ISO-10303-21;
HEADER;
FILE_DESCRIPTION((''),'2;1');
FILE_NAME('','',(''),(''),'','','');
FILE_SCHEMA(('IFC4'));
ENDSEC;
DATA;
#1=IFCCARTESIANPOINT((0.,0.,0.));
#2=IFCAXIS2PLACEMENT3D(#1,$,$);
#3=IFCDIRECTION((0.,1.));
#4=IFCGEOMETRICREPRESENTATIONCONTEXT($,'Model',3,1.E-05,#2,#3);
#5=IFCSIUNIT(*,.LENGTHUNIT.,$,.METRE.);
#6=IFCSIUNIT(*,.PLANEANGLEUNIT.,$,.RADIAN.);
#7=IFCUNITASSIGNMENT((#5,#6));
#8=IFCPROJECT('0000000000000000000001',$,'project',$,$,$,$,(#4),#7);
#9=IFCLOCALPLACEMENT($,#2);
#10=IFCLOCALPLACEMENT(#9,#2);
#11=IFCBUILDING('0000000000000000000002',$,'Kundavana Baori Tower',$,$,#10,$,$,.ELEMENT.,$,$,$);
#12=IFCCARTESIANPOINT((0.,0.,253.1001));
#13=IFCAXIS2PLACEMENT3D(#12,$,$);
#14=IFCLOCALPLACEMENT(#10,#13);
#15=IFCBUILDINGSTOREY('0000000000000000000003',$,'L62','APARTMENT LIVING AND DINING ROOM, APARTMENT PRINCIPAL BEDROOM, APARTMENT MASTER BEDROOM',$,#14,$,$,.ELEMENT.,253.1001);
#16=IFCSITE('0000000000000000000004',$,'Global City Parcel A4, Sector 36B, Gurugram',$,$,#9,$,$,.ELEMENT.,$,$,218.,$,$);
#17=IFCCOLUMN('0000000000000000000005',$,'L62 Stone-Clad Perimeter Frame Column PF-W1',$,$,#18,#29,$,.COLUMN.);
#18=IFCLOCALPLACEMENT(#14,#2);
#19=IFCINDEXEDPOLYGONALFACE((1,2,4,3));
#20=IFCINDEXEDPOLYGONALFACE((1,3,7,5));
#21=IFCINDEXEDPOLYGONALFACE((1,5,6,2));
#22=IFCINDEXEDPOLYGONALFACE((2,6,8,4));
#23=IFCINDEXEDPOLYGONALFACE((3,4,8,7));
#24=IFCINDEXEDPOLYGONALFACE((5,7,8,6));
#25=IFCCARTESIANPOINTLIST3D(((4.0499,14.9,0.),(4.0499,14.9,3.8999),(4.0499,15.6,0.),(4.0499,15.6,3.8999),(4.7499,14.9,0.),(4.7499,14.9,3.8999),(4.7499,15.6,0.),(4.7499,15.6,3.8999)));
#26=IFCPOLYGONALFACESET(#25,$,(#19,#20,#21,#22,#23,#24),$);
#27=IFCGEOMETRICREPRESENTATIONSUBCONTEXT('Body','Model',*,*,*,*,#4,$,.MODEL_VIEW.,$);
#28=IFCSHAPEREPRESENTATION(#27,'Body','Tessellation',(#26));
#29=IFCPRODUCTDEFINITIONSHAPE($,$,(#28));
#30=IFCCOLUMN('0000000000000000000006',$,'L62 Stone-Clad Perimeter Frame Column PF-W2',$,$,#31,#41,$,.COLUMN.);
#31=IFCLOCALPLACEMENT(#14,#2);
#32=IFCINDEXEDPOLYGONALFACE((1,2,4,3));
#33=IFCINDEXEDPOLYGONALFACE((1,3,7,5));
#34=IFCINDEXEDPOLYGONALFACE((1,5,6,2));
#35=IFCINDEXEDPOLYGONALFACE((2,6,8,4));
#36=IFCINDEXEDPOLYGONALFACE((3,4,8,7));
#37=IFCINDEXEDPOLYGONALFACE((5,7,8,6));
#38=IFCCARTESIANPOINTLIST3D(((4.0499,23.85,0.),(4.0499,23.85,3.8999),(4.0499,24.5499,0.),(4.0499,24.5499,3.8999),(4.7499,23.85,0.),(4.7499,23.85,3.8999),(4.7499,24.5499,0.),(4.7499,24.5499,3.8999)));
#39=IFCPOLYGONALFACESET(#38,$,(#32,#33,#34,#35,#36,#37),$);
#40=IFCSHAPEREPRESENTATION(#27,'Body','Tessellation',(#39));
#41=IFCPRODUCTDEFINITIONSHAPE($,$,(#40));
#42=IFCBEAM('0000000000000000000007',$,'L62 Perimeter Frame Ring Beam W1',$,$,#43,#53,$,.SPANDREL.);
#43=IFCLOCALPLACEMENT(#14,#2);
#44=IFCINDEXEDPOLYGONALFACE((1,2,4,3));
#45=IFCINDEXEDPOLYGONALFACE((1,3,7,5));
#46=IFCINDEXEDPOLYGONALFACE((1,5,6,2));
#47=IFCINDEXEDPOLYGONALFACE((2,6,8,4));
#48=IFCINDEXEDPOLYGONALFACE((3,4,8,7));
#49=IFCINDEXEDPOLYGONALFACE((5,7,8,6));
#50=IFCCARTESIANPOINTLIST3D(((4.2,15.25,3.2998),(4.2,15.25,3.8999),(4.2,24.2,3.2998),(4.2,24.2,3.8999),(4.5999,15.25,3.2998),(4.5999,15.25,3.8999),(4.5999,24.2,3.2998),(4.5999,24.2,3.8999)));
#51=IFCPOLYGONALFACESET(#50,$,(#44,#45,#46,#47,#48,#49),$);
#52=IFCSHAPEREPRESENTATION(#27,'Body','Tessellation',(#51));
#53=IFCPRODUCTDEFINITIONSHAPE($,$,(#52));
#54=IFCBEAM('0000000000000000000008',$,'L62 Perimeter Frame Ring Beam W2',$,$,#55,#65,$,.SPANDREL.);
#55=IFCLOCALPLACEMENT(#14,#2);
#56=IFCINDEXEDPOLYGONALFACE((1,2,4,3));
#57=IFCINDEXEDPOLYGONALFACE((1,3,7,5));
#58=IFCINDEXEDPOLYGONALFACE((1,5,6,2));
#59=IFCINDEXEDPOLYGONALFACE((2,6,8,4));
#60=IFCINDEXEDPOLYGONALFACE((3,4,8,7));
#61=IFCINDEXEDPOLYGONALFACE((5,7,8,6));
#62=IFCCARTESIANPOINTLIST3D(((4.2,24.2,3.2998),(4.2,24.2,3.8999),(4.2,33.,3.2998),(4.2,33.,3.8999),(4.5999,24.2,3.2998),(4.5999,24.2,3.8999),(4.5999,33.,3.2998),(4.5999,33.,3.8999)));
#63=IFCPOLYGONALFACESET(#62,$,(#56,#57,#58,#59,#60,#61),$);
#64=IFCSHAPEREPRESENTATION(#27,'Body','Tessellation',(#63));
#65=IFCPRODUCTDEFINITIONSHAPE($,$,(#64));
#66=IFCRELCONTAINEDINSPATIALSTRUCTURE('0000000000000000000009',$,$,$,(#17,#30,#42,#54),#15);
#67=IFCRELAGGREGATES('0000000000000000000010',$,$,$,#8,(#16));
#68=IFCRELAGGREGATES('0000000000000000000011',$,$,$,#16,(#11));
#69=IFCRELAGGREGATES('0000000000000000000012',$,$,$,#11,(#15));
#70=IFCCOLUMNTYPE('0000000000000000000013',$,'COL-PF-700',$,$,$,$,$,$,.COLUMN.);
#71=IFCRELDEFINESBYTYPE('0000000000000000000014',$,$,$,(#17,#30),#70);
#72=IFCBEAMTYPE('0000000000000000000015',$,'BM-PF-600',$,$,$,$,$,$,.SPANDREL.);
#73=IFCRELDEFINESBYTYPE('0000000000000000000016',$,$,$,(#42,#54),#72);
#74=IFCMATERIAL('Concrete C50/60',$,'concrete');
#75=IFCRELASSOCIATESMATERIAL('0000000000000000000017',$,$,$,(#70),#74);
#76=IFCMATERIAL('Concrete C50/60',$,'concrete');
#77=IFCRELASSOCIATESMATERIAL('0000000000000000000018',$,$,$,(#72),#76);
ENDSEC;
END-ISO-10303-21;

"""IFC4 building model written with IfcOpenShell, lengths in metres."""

from ifc_helpers import new_model, si_unit, direction, frame, origin, origin_2d, place, context, subcontext, project, spatial, rectangle, extrude, material, material_profile, profile_set, type_object, element, save


model = new_model("IFC4")

# Units and contexts
model_context = context("Model", 3, precision=1e-05, world=origin(), true_north=direction((0.0, 1.0)))
body_context = subcontext(model_context, "Body", "Model", "MODEL_VIEW")
ifc_project = project(units=[si_unit("LENGTHUNIT", "METRE"), si_unit("PLANEANGLEUNIT", "RADIAN")], contexts=[model_context])

# Site, building, storey
site_placement = place(None, origin())
site = spatial("IfcSite", under=ifc_project, at=site_placement, Name="Global City Parcel A4, Sector 36B, Gurugram", CompositionType="ELEMENT", RefElevation=218.0)
building_placement = place(site_placement, origin())
building = spatial("IfcBuilding", under=site, at=building_placement, Name="Kundavana Baori Tower", CompositionType="ELEMENT")
storey_placement = place(building_placement, frame((0.0, 0.0, 253.1001)))
storey = spatial("IfcBuildingStorey", under=building, at=storey_placement, Name="L62", Description="APARTMENT LIVING AND DINING ROOM, APARTMENT PRINCIPAL BEDROOM, APARTMENT MASTER BEDROOM", CompositionType="ELEMENT", Elevation=253.1001)

# Columns
ifc_material_1 = material(Name="Concrete C50/60", Category="concrete")
ifc_material_profile_1 = material_profile(ifc_material_1, rectangle(XDim=0.7, YDim=0.7, at=origin_2d()), Name="RC PF 700x700")
ifc_profile_set_1 = profile_set([ifc_material_profile_1], Name="Concrete C50/60")
column_type = type_object("IfcColumnType", Name="COL-PF-700", PredefinedType="COLUMN", material=ifc_profile_set_1)
for number, where, z_axis, x_axis, name in (
    (1, (4.3999, 15.25, 0.0), (0.0, 0.0, 1.0), (1.0, 0.0, 0.0), "L62 Stone-Clad Perimeter Frame Column PF-W1"),
    (2, (4.3999, 24.2, 0.0), (0.0, 0.0, 1.0), (1.0, 0.0, 0.0), "L62 Stone-Clad Perimeter Frame Column PF-W2"),
):
    element("IfcColumn", number, at=place(storey_placement, frame(where, z_axis=z_axis, x_axis=x_axis)), inside=storey, type_object=column_type, Name=name, PredefinedType="COLUMN", context=body_context, shape_type="SweptSolid", body=[
        extrude(rectangle(XDim=0.7, YDim=0.7, at=origin_2d()), origin(), (0.0, 0.0, 1.0), 3.8999),
    ])

# Beams
ifc_material_2 = material(Name="Concrete C50/60", Category="concrete")
ifc_material_profile_2 = material_profile(ifc_material_2, rectangle(XDim=0.3999, YDim=0.6001, at=origin_2d()), Name="RC BM 400x600")
ifc_profile_set_2 = profile_set([ifc_material_profile_2], Name="Concrete C50/60")
beam_type = type_object("IfcBeamType", Name="BM-PF-600", PredefinedType="SPANDREL", material=ifc_profile_set_2)
beam_1_placement = place(storey_placement, frame((4.3999, 15.25, 3.5999), z_axis=(0.0, 1.0, 0.0), x_axis=(-1.0, 0.0, 0.0)))
element("IfcBeam", 3, at=beam_1_placement, inside=storey, type_object=beam_type, Name="L62 Perimeter Frame Ring Beam W1", PredefinedType="SPANDREL", context=body_context, shape_type="SweptSolid", body=[
    extrude(rectangle(XDim=0.3999, YDim=0.6001, at=origin_2d()), origin(), (0.0, 0.0, 1.0), 8.95),
])
beam_2_placement = place(storey_placement, frame((4.3999, 24.2, 3.5999), z_axis=(0.0, 1.0, 0.0), x_axis=(-1.0, 0.0, 0.0)))
element("IfcBeam", 4, at=beam_2_placement, inside=storey, type_object=beam_type, Name="L62 Perimeter Frame Ring Beam W2", PredefinedType="SPANDREL", context=body_context, shape_type="SweptSolid", body=[
    extrude(rectangle(XDim=0.3999, YDim=0.6001, at=origin_2d()), origin(), (0.0, 0.0, 1.0), 8.8),
])

save(model, "model.ifc")
